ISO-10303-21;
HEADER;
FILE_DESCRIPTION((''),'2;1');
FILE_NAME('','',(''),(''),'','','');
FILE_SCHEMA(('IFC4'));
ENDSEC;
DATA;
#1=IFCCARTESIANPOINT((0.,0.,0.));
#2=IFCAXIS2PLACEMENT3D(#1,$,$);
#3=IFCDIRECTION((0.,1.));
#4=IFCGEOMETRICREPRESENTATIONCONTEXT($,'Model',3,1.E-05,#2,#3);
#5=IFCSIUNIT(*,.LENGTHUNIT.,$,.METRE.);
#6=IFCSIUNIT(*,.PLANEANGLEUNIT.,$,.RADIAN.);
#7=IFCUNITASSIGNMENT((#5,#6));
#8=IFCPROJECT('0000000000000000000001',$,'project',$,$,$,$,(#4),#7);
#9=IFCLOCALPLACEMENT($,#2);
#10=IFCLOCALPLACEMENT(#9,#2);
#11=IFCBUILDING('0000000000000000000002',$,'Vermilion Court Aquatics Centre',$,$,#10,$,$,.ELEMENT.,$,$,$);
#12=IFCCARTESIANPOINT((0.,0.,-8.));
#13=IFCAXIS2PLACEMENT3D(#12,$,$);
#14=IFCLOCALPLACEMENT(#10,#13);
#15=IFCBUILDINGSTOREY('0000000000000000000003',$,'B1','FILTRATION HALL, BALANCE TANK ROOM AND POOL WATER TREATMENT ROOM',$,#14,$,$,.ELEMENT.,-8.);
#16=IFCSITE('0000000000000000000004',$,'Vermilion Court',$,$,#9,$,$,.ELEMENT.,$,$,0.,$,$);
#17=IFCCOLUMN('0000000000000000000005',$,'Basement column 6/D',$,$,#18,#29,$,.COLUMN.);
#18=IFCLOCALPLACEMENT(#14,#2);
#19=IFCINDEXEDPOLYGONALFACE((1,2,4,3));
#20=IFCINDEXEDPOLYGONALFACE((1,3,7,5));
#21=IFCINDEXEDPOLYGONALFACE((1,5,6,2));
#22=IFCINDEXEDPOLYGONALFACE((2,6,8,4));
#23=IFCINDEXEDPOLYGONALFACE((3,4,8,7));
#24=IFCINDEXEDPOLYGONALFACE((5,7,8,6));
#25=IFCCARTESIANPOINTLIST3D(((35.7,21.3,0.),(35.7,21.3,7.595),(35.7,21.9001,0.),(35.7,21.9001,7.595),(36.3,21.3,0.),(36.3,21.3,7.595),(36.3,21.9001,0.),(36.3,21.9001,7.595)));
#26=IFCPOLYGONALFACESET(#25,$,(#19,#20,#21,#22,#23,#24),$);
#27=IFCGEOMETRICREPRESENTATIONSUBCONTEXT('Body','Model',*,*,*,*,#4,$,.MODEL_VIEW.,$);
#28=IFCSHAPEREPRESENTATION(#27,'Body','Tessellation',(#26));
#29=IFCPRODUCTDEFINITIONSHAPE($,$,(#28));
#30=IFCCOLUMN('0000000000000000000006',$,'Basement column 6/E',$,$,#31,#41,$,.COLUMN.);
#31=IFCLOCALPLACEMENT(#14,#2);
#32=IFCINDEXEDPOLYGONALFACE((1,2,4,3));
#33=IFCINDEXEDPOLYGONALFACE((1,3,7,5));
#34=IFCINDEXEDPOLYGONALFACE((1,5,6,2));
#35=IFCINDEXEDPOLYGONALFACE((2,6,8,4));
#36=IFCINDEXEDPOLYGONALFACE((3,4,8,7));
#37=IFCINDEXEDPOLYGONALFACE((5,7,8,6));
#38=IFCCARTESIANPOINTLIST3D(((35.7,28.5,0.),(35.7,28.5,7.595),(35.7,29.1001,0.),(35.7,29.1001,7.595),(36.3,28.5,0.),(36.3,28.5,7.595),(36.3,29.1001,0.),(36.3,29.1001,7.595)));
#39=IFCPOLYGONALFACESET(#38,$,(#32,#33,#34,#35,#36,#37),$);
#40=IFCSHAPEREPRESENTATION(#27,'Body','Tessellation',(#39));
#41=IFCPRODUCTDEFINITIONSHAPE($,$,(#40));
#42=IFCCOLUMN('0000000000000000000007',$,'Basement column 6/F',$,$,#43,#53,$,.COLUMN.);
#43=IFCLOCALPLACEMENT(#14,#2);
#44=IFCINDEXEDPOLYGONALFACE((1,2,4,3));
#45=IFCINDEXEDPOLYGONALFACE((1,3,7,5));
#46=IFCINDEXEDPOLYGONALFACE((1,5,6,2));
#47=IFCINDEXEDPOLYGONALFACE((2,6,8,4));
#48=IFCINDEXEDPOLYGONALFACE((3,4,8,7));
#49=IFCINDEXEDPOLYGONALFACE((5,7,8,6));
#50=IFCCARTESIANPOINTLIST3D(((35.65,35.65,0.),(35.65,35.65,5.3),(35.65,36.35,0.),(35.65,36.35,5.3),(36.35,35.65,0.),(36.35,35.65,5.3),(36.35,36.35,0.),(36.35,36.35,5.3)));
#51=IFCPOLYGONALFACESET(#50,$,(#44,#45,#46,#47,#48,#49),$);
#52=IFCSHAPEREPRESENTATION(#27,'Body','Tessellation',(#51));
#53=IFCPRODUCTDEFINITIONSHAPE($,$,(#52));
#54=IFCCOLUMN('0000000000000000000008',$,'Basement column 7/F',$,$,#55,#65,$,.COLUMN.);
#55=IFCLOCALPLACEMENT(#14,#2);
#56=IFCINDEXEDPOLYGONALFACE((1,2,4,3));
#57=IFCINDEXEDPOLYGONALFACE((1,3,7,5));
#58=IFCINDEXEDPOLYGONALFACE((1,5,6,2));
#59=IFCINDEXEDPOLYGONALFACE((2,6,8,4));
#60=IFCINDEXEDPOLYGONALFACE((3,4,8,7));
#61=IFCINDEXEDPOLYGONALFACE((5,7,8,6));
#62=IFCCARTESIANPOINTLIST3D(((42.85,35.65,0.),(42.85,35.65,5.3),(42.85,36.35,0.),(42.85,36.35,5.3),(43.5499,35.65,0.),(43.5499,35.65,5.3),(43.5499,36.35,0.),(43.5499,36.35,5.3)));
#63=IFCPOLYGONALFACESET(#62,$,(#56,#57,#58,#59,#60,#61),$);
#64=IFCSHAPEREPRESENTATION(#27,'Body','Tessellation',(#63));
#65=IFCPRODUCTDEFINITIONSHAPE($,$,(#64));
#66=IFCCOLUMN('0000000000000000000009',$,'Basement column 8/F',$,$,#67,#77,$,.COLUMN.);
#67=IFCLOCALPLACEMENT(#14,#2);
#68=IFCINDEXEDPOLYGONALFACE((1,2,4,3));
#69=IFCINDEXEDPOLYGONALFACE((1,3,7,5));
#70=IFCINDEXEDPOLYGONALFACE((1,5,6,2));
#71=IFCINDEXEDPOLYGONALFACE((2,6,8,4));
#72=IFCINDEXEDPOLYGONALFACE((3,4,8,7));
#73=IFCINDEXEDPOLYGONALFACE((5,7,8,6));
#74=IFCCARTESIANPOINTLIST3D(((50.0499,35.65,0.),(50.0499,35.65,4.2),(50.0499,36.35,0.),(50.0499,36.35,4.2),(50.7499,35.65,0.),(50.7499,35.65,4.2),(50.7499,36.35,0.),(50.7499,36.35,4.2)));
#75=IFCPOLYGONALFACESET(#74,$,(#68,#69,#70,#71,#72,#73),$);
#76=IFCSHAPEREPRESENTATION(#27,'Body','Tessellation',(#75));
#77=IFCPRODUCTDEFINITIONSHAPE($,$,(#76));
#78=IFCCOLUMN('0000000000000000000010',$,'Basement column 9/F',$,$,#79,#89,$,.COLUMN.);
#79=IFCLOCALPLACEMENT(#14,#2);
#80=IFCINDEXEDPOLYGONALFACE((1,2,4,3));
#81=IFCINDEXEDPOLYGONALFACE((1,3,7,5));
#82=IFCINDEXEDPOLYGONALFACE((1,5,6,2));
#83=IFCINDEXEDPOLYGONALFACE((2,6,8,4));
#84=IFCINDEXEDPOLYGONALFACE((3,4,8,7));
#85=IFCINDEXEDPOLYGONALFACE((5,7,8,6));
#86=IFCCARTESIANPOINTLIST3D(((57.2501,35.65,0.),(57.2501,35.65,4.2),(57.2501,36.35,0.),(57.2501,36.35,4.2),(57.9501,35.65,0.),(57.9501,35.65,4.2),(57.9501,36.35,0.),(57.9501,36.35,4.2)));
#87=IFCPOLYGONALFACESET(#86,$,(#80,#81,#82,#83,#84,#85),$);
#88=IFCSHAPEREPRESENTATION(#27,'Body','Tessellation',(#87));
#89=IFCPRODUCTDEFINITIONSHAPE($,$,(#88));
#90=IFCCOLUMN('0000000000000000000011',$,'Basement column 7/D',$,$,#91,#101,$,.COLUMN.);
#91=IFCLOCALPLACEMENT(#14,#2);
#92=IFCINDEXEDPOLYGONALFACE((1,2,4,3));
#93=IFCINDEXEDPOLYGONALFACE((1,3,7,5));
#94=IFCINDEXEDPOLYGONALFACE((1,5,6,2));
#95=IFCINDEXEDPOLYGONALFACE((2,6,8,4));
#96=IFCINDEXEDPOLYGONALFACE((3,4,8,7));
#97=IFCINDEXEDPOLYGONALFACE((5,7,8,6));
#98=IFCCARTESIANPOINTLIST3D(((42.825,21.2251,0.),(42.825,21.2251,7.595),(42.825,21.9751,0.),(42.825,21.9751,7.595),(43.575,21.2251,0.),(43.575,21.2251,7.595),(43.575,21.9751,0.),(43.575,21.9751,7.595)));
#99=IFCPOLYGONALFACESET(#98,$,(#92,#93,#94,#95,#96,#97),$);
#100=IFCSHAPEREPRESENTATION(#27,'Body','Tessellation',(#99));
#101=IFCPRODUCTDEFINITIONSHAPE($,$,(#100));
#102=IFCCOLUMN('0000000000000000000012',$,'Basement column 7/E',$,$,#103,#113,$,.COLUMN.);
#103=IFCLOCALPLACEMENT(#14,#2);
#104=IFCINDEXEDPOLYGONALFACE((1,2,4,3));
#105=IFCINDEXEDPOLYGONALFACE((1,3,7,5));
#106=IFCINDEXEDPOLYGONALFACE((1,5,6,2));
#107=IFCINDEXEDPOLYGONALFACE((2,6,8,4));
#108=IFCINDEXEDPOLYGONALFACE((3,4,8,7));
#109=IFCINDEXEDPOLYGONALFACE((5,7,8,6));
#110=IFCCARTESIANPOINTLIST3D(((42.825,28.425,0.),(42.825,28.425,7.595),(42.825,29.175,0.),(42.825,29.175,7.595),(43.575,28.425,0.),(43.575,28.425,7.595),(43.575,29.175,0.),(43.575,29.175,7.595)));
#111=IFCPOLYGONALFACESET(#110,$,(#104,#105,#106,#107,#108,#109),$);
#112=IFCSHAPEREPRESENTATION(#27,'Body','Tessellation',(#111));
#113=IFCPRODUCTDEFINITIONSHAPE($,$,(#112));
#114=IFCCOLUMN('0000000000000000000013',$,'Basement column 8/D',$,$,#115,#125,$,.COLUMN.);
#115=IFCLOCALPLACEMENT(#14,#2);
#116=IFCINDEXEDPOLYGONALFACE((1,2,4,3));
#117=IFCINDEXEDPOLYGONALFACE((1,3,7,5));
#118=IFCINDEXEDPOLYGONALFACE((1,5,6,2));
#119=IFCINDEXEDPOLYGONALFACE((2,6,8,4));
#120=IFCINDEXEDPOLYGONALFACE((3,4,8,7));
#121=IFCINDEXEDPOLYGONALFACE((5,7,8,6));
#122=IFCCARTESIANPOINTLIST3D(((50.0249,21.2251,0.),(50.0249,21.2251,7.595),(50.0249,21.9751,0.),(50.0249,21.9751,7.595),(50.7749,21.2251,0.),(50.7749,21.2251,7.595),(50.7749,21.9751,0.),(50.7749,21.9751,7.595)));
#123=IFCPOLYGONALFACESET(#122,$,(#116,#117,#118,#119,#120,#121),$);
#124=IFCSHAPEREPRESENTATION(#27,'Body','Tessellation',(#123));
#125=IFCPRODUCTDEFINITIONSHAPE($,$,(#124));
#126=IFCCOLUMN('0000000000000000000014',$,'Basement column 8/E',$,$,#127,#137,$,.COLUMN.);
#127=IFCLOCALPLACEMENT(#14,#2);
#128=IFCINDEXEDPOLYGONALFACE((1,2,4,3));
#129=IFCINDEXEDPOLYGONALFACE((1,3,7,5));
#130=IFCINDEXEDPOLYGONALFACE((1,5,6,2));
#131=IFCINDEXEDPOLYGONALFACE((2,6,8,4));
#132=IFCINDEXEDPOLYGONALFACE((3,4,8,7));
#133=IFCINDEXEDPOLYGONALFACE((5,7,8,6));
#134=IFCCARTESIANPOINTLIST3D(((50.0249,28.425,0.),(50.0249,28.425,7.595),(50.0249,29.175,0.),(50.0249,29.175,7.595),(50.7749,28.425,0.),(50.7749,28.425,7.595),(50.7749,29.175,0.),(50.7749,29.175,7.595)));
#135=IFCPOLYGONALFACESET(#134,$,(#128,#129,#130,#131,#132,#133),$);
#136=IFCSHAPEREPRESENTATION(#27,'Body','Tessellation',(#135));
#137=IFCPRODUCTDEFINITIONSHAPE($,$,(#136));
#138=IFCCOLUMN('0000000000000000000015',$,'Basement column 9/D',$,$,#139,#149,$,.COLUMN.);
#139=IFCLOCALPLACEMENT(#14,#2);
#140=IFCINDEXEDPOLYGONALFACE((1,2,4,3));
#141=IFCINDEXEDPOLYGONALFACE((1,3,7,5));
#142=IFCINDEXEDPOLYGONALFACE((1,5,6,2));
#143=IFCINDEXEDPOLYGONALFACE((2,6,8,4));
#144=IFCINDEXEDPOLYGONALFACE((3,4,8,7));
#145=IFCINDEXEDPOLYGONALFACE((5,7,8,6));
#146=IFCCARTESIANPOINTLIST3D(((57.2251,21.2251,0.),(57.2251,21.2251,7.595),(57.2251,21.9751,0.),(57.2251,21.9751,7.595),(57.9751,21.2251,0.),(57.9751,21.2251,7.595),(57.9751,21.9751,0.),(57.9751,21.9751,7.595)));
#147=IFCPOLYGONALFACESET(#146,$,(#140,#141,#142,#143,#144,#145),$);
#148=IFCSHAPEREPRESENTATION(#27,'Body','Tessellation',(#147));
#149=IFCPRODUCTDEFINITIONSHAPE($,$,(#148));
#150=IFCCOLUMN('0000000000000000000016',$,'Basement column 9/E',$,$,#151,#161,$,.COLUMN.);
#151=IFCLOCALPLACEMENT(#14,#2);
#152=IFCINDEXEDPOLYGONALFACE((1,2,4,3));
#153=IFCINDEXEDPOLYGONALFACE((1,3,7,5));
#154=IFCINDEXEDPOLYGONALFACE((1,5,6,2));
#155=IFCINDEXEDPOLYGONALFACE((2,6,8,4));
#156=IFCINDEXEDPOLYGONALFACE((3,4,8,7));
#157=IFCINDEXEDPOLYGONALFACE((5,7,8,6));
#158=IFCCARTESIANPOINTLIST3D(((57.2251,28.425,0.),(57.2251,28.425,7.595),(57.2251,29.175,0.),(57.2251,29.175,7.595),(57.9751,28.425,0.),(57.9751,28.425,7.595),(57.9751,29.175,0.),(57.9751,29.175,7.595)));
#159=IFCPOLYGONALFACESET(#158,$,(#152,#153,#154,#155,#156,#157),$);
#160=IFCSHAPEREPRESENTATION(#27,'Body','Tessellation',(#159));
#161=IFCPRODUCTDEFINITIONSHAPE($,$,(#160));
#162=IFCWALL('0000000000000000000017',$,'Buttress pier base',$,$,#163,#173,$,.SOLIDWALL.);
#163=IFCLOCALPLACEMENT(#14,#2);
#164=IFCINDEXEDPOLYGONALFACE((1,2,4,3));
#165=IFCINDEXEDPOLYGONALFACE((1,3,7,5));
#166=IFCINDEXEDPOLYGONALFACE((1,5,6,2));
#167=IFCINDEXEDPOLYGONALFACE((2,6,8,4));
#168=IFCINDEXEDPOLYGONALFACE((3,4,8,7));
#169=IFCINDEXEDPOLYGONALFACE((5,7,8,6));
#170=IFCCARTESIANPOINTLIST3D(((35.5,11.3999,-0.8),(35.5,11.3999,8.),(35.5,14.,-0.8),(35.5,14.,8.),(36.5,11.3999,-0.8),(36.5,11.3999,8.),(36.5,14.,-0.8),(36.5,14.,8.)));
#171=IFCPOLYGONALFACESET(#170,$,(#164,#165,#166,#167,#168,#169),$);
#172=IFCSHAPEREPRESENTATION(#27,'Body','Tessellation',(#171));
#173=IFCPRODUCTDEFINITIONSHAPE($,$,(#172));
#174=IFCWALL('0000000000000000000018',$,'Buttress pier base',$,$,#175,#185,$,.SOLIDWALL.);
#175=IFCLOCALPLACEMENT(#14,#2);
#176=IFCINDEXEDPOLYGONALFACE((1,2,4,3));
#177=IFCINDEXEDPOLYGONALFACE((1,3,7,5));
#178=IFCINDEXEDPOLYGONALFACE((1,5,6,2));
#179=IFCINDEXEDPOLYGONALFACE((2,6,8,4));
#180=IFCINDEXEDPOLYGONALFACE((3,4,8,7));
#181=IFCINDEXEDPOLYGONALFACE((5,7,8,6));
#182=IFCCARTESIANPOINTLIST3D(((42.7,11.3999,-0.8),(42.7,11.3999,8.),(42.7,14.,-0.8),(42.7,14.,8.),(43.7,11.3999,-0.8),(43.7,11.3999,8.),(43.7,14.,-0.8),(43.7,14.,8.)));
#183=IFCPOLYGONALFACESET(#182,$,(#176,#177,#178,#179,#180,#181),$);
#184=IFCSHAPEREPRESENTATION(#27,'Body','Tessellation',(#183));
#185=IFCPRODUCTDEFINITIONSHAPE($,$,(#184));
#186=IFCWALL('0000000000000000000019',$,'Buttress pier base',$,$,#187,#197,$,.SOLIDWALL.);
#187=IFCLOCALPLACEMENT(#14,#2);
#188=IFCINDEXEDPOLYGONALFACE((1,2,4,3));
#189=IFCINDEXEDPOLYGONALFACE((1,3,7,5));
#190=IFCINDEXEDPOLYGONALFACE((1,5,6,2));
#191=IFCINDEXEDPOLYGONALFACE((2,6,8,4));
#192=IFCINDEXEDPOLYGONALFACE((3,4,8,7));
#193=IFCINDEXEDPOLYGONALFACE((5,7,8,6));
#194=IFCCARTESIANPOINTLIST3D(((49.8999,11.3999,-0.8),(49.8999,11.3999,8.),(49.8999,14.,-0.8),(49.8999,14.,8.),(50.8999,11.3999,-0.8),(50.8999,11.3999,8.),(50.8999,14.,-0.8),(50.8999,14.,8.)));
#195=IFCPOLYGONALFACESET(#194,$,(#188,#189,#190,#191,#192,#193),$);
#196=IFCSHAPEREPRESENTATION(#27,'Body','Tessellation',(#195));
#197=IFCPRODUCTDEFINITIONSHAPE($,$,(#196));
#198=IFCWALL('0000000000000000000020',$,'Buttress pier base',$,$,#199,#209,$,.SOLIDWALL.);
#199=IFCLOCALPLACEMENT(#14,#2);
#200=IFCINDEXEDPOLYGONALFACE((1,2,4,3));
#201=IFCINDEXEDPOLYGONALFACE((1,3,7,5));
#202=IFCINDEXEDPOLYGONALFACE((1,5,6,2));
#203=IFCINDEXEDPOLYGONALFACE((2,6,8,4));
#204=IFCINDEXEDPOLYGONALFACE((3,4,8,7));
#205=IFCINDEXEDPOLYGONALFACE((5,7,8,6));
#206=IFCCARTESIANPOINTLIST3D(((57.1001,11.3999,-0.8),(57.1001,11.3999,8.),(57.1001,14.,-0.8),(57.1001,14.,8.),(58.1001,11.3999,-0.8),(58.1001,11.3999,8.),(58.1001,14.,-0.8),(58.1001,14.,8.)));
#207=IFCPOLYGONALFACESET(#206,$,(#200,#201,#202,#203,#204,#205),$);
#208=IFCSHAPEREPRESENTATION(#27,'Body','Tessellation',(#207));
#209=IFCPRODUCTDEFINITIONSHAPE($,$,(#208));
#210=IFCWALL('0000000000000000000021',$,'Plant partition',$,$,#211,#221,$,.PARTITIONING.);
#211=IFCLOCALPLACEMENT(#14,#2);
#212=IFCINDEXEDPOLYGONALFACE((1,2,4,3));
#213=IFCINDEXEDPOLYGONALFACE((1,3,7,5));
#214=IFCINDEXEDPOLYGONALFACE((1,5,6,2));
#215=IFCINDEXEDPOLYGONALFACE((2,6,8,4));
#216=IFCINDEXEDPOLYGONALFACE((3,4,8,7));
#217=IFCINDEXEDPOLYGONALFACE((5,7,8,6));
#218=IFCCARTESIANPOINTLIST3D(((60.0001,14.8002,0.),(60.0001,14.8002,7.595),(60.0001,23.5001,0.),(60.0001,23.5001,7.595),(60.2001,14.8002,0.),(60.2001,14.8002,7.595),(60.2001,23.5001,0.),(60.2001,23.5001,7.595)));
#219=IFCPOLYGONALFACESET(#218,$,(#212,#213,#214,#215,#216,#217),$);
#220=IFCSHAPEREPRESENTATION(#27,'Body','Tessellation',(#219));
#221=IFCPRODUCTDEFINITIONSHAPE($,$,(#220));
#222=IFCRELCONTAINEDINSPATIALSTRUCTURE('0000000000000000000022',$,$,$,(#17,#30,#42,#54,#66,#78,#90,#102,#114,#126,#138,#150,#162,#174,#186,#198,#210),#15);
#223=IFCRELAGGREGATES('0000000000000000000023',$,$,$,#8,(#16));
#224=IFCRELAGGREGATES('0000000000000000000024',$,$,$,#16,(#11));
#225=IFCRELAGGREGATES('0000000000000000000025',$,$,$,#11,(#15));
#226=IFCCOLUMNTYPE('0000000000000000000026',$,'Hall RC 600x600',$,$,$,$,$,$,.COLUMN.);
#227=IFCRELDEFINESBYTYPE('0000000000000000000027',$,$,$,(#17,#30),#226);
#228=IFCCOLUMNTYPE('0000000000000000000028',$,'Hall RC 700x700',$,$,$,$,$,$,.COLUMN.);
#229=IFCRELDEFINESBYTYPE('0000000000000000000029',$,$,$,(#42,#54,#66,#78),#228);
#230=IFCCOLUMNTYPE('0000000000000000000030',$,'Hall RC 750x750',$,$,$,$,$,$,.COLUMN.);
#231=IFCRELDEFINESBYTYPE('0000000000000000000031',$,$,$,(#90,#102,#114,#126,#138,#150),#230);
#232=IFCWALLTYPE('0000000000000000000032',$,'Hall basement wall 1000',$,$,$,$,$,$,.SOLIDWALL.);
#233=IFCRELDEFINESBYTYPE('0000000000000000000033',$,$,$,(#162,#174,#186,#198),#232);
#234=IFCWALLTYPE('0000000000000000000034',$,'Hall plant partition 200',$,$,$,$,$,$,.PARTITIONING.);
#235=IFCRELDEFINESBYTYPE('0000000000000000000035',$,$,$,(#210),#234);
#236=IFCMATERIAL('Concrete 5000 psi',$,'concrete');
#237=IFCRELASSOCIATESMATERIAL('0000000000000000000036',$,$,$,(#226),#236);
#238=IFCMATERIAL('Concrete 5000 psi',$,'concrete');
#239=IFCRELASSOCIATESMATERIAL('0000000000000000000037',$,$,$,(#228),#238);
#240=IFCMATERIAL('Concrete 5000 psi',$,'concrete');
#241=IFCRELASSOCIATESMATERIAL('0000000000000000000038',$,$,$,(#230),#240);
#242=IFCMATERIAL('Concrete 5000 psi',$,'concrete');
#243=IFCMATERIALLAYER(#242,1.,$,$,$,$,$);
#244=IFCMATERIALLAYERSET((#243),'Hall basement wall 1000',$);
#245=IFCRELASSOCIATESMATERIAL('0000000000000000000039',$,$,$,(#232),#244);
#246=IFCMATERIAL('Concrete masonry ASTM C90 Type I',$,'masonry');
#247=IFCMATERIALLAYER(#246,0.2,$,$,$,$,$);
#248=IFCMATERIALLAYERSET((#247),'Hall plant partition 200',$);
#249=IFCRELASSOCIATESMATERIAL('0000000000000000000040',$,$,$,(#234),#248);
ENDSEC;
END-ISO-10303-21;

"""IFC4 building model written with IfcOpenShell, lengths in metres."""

from ifc_helpers import new_model, si_unit, direction, frame, frame_2d, origin, origin_2d, place, context, subcontext, project, spatial, rectangle, extrude, material, layer, layer_set, material_profile, profile_set, type_object, element, save


model = new_model("IFC4")

# Units and contexts
model_context = context("Model", 3, precision=1e-05, world=origin(), true_north=direction((0.0, 1.0)))
body_context = subcontext(model_context, "Body", "Model", "MODEL_VIEW")
ifc_project = project(units=[si_unit("LENGTHUNIT", "METRE"), si_unit("PLANEANGLEUNIT", "RADIAN")], contexts=[model_context])

# Site, building, storey
site_placement = place(None, origin())
site = spatial("IfcSite", under=ifc_project, at=site_placement, Name="Vermilion Court", CompositionType="ELEMENT", RefElevation=0.0)
building_placement = place(site_placement, origin())
building = spatial("IfcBuilding", under=site, at=building_placement, Name="Vermilion Court Aquatics Centre", CompositionType="ELEMENT")
storey_placement = place(building_placement, frame((0.0, 0.0, -8.0)))
storey = spatial("IfcBuildingStorey", under=building, at=storey_placement, Name="B1", Description="FILTRATION HALL, BALANCE TANK ROOM AND POOL WATER TREATMENT ROOM", CompositionType="ELEMENT", Elevation=-8.0)

# Columns
ifc_material_1 = material(Name="Concrete 5000 psi", Category="concrete")
ifc_material_profile_1 = material_profile(ifc_material_1, rectangle(XDim=0.6001, YDim=0.6001, at=origin_2d()), Name="RC 600x600")
ifc_profile_set_1 = profile_set([ifc_material_profile_1], Name="Concrete 5000 psi")
column_type_1 = type_object("IfcColumnType", Name="Hall RC 600x600", PredefinedType="COLUMN", material=ifc_profile_set_1)
for number, where, z_axis, x_axis, name in (
    (1, (36.0, 21.6001, 0.0), (0.0, 0.0, 1.0), (1.0, 0.0, 0.0), "Basement column 6/D"),
    (2, (36.0, 28.8, 0.0), (0.0, 0.0, 1.0), (1.0, 0.0, 0.0), "Basement column 6/E"),
):
    element("IfcColumn", number, at=place(storey_placement, frame(where, z_axis=z_axis, x_axis=x_axis)), inside=storey, type_object=column_type_1, Name=name, PredefinedType="COLUMN", context=body_context, shape_type="SweptSolid", body=[
        extrude(rectangle(XDim=0.6001, YDim=0.6001, at=origin_2d()), origin(), (0.0, 0.0, 1.0), 7.595),
    ])
ifc_material_2 = material(Name="Concrete 5000 psi", Category="concrete")
ifc_material_profile_2 = material_profile(ifc_material_2, rectangle(XDim=0.7, YDim=0.7, at=origin_2d()), Name="RC 700x700")
ifc_profile_set_2 = profile_set([ifc_material_profile_2], Name="Concrete 5000 psi")
column_type_2 = type_object("IfcColumnType", Name="Hall RC 700x700", PredefinedType="COLUMN", material=ifc_profile_set_2)
for number, where, z_axis, x_axis, name in (
    (3, (36.0, 36.0, 0.0), (0.0, 0.0, 1.0), (1.0, 0.0, 0.0), "Basement column 6/F"),
    (4, (43.2, 36.0, 0.0), (0.0, 0.0, 1.0), (1.0, 0.0, 0.0), "Basement column 7/F"),
):
    element("IfcColumn", number, at=place(storey_placement, frame(where, z_axis=z_axis, x_axis=x_axis)), inside=storey, type_object=column_type_2, Name=name, PredefinedType="COLUMN", context=body_context, shape_type="SweptSolid", body=[
        extrude(rectangle(XDim=0.7, YDim=0.7, at=origin_2d()), origin(), (0.0, 0.0, 1.0), 5.3),
    ])
for number, where, z_axis, x_axis, name in (
    (5, (50.3999, 36.0, 0.0), (0.0, 0.0, 1.0), (1.0, 0.0, 0.0), "Basement column 8/F"),
    (6, (57.6001, 36.0, 0.0), (0.0, 0.0, 1.0), (1.0, 0.0, 0.0), "Basement column 9/F"),
):
    element("IfcColumn", number, at=place(storey_placement, frame(where, z_axis=z_axis, x_axis=x_axis)), inside=storey, type_object=column_type_2, Name=name, PredefinedType="COLUMN", context=body_context, shape_type="SweptSolid", body=[
        extrude(rectangle(XDim=0.7, YDim=0.7, at=origin_2d()), origin(), (0.0, 0.0, 1.0), 4.2),
    ])
ifc_material_3 = material(Name="Concrete 5000 psi", Category="concrete")
ifc_material_profile_3 = material_profile(ifc_material_3, rectangle(XDim=0.75, YDim=0.75, at=origin_2d()), Name="RC 750x750")
ifc_profile_set_3 = profile_set([ifc_material_profile_3], Name="Concrete 5000 psi")
column_type_3 = type_object("IfcColumnType", Name="Hall RC 750x750", PredefinedType="COLUMN", material=ifc_profile_set_3)
for number, where, z_axis, x_axis, name in (
    (7, (43.2, 21.6001, 0.0), (0.0, 0.0, 1.0), (1.0, 0.0, 0.0), "Basement column 7/D"),
    (8, (43.2, 28.8, 0.0), (0.0, 0.0, 1.0), (1.0, 0.0, 0.0), "Basement column 7/E"),
    (9, (50.3999, 21.6001, 0.0), (0.0, 0.0, 1.0), (1.0, 0.0, 0.0), "Basement column 8/D"),
    (10, (50.3999, 28.8, 0.0), (0.0, 0.0, 1.0), (1.0, 0.0, 0.0), "Basement column 8/E"),
    (11, (57.6001, 21.6001, 0.0), (0.0, 0.0, 1.0), (1.0, 0.0, 0.0), "Basement column 9/D"),
    (12, (57.6001, 28.8, 0.0), (0.0, 0.0, 1.0), (1.0, 0.0, 0.0), "Basement column 9/E"),
):
    element("IfcColumn", number, at=place(storey_placement, frame(where, z_axis=z_axis, x_axis=x_axis)), inside=storey, type_object=column_type_3, Name=name, PredefinedType="COLUMN", context=body_context, shape_type="SweptSolid", body=[
        extrude(rectangle(XDim=0.75, YDim=0.75, at=origin_2d()), origin(), (0.0, 0.0, 1.0), 7.595),
    ])

# Walls
ifc_material_4 = material(Name="Concrete 5000 psi", Category="concrete")
ifc_layer_1 = layer(ifc_material_4, 1.0)
ifc_layer_set_1 = layer_set([ifc_layer_1], Name="Hall basement wall 1000")
wall_type_1 = type_object("IfcWallType", Name="Hall basement wall 1000", PredefinedType="SOLIDWALL", material=ifc_layer_set_1)
for number, where, z_axis, x_axis, name in (
    (13, (36.0, 11.3999, -0.8), (0.0, 0.0, 1.0), (0.0, 1.0, 0.0), "Buttress pier base"),
    (14, (43.2, 11.3999, -0.8), (0.0, 0.0, 1.0), (0.0, 1.0, 0.0), "Buttress pier base"),
    (15, (50.3999, 11.3999, -0.8), (0.0, 0.0, 1.0), (0.0, 1.0, 0.0), "Buttress pier base"),
    (16, (57.6001, 11.3999, -0.8), (0.0, 0.0, 1.0), (0.0, 1.0, 0.0), "Buttress pier base"),
):
    element("IfcWall", number, at=place(storey_placement, frame(where, z_axis=z_axis, x_axis=x_axis)), inside=storey, type_object=wall_type_1, Name=name, PredefinedType="SOLIDWALL", context=body_context, shape_type="SweptSolid", body=[
        extrude(rectangle(XDim=2.6001, YDim=1.0, at=frame_2d((1.3, 0.0))), origin(), (0.0, 0.0, 1.0), 8.8),
    ])
ifc_material_5 = material(Name="Concrete masonry ASTM C90 Type I", Category="masonry")
ifc_layer_2 = layer(ifc_material_5, 0.2)
ifc_layer_set_2 = layer_set([ifc_layer_2], Name="Hall plant partition 200")
wall_type_2 = type_object("IfcWallType", Name="Hall plant partition 200", PredefinedType="PARTITIONING", material=ifc_layer_set_2)
wall_1_placement = place(storey_placement, frame((60.1001, 14.8, 0.0), z_axis=(0.0, 0.0, 1.0), x_axis=(0.0, 1.0, 0.0)))
element("IfcWall", 17, at=wall_1_placement, inside=storey, type_object=wall_type_2, Name="Plant partition", PredefinedType="PARTITIONING", context=body_context, shape_type="SweptSolid", body=[
    extrude(rectangle(XDim=8.7, YDim=0.2, at=frame_2d((4.3501, 0.0))), origin(), (0.0, 0.0, 1.0), 7.595),
])

save(model, "model.ifc")
